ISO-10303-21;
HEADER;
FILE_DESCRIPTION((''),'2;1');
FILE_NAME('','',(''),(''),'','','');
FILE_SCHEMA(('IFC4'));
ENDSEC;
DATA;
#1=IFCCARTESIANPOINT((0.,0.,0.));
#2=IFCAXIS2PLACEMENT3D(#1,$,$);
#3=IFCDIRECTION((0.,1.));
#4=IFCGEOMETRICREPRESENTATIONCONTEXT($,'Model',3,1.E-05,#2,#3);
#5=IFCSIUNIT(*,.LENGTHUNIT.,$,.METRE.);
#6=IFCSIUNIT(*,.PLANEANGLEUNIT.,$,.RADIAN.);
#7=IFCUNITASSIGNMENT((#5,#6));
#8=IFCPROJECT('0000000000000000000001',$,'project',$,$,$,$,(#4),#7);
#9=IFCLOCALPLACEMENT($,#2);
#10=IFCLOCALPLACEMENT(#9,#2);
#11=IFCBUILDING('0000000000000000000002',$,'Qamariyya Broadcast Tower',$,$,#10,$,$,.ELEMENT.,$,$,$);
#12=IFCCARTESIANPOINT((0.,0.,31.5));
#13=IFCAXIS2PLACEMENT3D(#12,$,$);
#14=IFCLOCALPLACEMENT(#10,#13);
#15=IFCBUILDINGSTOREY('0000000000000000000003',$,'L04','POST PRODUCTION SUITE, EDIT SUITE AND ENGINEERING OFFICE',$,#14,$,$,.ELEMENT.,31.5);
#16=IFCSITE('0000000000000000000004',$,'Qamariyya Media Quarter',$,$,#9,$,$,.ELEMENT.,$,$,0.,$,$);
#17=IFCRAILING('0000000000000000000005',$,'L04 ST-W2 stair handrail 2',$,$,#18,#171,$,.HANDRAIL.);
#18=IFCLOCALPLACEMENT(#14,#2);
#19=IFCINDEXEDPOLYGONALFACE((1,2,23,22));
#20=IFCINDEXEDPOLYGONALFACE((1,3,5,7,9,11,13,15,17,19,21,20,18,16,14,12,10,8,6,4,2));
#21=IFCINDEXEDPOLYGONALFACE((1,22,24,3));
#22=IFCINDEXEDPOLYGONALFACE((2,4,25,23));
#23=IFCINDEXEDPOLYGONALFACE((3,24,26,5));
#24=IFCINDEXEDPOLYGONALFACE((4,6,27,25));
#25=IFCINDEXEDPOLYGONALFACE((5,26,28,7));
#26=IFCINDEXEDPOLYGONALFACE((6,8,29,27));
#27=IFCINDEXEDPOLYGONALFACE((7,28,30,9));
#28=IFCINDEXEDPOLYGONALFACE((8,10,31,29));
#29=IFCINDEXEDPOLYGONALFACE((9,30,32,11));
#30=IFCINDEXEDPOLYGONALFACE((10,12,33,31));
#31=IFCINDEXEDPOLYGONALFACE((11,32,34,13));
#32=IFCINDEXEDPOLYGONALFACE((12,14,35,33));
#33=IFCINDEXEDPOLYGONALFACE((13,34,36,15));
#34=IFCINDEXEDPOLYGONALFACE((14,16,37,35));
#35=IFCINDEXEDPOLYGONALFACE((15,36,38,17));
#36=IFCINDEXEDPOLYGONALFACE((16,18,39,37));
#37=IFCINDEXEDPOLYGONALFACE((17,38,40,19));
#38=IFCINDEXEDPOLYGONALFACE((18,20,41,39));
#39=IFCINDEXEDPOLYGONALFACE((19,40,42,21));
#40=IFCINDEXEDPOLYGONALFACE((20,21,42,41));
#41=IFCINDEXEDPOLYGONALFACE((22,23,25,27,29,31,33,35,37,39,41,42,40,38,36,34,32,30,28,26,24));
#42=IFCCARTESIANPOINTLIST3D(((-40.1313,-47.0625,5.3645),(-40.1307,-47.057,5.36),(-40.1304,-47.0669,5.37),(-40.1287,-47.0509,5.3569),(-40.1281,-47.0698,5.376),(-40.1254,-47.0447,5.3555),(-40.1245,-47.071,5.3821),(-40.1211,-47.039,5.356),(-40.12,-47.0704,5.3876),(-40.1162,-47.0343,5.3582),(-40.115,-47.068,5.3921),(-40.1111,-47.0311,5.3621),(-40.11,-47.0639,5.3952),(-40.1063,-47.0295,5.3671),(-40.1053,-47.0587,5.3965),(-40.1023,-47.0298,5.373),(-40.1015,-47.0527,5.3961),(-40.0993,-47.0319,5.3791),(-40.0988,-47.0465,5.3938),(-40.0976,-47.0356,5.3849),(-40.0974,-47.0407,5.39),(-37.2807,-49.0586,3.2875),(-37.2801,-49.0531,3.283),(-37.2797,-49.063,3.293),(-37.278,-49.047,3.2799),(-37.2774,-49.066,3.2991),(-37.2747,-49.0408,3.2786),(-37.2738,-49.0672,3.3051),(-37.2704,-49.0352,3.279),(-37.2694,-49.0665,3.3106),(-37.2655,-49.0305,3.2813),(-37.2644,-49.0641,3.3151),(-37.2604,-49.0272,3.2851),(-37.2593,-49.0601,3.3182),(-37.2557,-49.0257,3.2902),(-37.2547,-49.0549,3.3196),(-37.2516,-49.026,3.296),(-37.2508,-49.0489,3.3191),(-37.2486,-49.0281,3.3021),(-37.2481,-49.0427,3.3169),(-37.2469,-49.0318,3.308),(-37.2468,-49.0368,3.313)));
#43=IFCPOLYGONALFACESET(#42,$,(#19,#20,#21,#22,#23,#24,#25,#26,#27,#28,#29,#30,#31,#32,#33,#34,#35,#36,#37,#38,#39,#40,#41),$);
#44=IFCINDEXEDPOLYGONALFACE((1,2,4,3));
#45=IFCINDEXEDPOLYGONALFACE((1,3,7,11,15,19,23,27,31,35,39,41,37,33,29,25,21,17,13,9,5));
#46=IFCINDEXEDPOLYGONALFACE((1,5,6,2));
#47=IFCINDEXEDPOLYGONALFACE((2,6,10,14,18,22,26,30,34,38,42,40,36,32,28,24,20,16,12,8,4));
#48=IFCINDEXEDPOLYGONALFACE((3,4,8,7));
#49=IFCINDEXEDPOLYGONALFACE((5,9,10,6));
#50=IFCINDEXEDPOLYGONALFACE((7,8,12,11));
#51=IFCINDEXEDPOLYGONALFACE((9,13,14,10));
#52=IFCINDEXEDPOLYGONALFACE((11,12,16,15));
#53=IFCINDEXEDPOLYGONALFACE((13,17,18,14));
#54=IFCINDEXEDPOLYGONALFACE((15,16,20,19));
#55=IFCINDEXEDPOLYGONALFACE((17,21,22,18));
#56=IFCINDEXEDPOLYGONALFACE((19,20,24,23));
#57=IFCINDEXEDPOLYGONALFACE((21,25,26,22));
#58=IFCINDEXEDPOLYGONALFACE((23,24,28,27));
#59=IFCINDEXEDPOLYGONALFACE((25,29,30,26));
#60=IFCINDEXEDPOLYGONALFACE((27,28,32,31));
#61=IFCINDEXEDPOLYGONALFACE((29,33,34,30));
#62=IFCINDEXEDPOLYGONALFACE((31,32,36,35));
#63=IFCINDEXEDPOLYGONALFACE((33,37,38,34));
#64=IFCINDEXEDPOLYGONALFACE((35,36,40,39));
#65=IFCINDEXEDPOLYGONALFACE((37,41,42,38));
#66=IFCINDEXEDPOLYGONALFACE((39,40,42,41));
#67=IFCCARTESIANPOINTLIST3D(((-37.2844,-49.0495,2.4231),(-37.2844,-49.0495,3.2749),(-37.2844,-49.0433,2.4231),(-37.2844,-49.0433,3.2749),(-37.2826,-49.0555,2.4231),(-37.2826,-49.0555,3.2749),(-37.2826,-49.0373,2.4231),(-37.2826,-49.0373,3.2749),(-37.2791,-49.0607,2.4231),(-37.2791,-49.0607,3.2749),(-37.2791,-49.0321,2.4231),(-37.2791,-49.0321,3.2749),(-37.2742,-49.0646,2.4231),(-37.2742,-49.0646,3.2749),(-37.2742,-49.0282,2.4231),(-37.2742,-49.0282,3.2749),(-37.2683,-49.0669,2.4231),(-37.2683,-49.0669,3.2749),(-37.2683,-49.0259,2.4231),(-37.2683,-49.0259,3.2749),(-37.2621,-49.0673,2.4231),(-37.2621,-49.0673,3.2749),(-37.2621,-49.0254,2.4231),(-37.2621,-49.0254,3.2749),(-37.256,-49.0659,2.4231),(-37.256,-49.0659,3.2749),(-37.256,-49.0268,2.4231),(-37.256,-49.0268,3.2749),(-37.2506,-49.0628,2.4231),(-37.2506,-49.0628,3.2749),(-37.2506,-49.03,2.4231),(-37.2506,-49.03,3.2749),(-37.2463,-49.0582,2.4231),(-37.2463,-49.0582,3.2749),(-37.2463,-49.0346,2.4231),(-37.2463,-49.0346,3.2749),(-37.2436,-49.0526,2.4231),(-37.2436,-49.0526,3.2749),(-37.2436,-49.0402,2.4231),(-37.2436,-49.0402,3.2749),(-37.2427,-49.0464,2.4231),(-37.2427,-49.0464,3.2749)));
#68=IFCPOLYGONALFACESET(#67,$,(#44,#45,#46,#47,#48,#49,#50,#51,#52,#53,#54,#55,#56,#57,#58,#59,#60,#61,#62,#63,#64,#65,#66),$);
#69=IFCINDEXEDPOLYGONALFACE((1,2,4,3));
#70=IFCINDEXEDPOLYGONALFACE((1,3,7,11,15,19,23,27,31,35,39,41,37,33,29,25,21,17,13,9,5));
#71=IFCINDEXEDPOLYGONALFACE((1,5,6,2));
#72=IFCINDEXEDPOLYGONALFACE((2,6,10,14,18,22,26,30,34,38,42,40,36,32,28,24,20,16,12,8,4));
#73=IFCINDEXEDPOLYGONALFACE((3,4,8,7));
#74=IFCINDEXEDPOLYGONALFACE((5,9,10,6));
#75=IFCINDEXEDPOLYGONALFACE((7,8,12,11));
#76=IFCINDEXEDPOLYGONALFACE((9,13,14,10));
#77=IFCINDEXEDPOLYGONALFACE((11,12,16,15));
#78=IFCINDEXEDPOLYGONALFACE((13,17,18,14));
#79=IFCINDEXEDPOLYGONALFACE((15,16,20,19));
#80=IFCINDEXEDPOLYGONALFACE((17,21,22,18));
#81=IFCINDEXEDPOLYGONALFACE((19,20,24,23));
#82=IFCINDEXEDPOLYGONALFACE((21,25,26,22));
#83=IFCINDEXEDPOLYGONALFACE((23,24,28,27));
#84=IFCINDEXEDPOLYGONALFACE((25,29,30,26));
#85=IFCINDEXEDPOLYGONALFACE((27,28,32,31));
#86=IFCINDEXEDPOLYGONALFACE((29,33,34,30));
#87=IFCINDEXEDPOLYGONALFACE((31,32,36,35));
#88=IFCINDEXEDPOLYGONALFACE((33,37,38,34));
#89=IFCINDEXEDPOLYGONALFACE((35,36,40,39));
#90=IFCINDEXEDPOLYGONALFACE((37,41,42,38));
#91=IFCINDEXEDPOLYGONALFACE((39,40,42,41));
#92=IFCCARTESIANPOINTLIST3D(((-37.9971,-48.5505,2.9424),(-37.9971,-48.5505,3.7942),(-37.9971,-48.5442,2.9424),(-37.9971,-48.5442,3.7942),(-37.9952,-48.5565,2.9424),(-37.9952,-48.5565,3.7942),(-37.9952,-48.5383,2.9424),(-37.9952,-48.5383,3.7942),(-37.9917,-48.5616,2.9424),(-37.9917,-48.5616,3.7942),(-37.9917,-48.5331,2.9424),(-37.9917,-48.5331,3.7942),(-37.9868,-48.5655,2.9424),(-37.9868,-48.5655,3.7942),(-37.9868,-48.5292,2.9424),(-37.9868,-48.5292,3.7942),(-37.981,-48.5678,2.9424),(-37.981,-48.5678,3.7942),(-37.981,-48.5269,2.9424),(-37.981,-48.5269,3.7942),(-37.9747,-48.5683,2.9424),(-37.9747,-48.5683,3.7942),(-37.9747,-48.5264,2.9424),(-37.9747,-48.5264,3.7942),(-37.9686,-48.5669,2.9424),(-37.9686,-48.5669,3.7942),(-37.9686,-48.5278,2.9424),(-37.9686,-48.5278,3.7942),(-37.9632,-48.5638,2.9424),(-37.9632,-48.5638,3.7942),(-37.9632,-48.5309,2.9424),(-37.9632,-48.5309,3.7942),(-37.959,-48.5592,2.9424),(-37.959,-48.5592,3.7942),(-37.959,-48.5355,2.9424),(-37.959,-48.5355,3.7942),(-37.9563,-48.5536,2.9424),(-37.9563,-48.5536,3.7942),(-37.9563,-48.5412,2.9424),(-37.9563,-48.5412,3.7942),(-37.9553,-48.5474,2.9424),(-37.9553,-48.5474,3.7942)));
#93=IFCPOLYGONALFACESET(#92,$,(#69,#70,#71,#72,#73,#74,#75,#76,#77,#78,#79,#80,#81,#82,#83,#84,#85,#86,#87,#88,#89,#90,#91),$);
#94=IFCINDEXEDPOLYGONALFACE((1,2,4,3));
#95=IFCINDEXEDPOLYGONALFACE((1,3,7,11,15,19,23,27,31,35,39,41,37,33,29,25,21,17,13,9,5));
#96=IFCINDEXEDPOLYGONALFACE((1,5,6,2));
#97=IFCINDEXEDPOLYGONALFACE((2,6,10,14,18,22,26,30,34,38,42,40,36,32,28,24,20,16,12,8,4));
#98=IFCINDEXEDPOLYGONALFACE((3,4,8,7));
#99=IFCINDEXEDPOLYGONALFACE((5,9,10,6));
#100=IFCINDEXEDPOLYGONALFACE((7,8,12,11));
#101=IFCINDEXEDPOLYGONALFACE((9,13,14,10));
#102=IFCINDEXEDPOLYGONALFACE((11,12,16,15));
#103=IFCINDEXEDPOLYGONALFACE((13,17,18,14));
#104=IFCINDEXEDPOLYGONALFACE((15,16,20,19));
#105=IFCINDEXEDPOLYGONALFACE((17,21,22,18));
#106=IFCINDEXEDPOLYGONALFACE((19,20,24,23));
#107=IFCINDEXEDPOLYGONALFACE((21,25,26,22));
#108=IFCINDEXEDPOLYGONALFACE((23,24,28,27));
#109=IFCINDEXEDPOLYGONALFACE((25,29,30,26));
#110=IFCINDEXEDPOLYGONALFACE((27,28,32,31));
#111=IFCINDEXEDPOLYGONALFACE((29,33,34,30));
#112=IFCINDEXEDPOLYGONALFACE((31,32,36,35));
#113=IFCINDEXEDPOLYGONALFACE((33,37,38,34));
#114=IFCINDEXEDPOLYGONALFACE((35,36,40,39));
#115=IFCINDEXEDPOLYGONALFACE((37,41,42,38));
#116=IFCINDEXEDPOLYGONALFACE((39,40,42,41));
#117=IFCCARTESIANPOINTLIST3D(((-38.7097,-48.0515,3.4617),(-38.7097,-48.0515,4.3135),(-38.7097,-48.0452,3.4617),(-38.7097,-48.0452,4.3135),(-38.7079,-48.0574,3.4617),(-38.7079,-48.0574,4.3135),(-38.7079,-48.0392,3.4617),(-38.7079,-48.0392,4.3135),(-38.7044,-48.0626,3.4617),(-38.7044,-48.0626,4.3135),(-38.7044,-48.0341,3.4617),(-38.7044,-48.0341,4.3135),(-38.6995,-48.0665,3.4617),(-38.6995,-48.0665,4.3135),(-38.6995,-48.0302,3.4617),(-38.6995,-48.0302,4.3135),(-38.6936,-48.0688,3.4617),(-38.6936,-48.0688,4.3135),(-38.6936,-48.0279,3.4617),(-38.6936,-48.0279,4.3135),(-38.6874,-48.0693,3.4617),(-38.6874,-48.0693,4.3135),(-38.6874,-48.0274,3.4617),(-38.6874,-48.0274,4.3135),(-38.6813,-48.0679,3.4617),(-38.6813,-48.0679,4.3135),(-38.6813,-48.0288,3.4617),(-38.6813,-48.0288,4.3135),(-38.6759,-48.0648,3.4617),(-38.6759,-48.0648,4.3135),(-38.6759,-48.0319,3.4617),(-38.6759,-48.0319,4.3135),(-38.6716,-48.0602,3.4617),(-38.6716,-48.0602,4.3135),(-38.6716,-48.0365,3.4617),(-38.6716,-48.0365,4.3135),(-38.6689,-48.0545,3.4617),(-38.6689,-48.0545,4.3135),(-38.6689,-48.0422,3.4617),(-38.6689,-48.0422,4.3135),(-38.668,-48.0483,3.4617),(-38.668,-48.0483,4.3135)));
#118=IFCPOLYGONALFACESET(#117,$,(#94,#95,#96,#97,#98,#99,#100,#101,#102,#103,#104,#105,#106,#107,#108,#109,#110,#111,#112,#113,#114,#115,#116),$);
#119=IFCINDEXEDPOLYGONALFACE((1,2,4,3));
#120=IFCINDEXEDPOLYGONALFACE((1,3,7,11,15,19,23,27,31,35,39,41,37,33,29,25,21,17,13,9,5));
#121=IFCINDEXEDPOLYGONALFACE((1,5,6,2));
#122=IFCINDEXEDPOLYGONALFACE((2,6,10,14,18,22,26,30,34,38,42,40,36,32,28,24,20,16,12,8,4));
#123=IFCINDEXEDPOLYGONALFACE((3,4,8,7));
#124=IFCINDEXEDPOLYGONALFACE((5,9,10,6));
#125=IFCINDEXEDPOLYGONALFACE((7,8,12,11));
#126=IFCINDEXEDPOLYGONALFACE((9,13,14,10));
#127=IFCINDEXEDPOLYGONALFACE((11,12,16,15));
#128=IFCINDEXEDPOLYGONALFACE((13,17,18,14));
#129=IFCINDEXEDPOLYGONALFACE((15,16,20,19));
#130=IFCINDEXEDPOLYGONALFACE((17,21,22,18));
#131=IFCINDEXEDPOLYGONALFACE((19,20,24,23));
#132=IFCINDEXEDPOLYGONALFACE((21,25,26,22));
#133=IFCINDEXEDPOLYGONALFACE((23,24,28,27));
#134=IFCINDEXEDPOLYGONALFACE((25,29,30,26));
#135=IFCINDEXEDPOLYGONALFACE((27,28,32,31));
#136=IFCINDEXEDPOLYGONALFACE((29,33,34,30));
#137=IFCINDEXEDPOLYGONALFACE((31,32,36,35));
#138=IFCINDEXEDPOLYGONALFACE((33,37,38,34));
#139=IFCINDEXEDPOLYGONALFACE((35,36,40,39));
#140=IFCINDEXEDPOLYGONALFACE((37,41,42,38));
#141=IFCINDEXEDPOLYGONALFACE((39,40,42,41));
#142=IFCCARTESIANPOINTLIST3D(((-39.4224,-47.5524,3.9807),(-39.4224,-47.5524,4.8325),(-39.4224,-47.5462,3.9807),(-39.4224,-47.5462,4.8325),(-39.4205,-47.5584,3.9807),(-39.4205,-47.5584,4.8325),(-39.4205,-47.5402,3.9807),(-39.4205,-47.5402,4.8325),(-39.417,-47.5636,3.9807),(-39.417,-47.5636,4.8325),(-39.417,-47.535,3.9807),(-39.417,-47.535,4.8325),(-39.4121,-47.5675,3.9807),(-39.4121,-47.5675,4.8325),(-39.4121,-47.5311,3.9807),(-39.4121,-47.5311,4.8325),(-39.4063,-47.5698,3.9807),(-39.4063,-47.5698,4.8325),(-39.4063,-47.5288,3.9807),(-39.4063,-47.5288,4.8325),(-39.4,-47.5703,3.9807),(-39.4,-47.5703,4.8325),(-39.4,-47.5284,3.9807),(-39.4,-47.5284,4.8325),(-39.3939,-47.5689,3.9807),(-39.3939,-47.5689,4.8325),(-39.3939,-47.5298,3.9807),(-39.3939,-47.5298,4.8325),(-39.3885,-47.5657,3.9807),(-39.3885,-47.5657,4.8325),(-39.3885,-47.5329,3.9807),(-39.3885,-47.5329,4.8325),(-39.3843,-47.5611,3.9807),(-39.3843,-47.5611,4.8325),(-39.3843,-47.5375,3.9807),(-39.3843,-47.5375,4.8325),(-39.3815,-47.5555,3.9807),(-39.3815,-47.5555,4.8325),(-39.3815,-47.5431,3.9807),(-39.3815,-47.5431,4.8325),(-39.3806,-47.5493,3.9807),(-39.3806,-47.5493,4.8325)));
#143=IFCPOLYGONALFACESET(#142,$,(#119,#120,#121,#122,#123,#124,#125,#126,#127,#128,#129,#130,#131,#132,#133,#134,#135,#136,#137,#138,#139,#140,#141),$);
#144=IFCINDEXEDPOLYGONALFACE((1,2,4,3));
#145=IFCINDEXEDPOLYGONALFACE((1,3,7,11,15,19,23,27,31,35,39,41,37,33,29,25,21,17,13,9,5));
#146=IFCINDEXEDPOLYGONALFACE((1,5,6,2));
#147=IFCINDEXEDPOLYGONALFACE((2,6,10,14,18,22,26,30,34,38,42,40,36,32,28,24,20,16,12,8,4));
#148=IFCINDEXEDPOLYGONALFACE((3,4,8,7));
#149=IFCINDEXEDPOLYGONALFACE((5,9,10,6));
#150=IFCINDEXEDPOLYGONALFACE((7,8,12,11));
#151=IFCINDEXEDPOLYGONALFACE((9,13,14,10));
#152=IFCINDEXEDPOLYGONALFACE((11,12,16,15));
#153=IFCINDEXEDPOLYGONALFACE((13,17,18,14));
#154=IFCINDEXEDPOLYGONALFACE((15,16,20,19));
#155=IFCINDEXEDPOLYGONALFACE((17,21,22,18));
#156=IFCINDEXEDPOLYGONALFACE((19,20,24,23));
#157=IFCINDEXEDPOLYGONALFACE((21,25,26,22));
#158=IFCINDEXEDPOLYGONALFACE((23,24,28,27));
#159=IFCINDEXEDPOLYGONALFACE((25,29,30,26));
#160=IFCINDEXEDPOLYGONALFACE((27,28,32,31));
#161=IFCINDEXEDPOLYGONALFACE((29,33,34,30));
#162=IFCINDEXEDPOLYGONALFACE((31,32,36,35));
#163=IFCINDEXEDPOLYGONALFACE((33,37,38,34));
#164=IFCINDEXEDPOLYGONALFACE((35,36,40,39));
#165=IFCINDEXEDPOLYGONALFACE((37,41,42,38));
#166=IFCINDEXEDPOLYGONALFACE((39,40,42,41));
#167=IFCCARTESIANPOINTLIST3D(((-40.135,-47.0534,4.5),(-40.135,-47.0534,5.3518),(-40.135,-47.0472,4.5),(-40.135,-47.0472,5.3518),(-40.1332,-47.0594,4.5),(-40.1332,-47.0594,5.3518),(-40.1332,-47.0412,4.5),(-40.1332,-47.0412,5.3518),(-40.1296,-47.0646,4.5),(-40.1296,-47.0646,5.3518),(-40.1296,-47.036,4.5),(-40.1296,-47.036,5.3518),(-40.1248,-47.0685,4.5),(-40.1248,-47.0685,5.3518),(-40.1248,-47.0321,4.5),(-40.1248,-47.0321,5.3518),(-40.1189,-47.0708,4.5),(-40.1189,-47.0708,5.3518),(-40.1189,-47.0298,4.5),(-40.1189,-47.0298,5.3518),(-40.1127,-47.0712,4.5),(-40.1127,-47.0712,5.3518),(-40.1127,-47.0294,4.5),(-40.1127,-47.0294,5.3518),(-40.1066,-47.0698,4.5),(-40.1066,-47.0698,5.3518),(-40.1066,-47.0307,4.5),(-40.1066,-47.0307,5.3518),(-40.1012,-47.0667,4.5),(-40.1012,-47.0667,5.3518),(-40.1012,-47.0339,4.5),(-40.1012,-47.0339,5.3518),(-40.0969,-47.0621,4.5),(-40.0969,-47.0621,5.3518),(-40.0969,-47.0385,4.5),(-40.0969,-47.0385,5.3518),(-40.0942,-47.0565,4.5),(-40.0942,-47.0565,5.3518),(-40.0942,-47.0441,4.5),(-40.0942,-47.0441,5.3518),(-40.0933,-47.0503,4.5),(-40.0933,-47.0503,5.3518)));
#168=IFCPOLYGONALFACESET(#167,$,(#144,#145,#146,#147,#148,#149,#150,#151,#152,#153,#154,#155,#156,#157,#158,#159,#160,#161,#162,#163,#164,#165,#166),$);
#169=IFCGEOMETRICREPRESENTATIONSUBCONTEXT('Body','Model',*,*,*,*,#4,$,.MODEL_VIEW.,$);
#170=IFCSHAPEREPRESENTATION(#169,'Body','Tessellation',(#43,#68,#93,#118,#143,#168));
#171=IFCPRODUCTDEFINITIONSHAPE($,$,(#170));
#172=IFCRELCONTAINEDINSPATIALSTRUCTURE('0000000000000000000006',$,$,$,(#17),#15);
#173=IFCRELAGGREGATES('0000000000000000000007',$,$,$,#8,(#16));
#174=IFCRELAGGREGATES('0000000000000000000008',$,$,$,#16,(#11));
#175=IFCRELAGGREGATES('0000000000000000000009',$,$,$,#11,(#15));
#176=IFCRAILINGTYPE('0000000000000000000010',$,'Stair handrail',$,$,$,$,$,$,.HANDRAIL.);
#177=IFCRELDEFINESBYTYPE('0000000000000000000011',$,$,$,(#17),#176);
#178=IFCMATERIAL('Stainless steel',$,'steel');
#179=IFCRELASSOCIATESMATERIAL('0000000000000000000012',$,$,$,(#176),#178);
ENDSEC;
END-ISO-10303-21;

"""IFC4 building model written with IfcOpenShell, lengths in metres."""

from ifc_helpers import new_model, si_unit, direction, frame, origin, origin_2d, place, context, subcontext, project, spatial, circle, extrude, material, type_object, element, save


model = new_model("IFC4")

# Units and contexts
model_context = context("Model", 3, precision=1e-05, world=origin(), true_north=direction((0.0, 1.0)))
body_context = subcontext(model_context, "Body", "Model", "MODEL_VIEW")
ifc_project = project(units=[si_unit("LENGTHUNIT", "METRE"), si_unit("PLANEANGLEUNIT", "RADIAN")], contexts=[model_context])

# Site, building, storey
site_placement = place(None, origin())
site = spatial("IfcSite", under=ifc_project, at=site_placement, Name="Qamariyya Media Quarter", CompositionType="ELEMENT", RefElevation=0.0)
building_placement = place(site_placement, origin())
building = spatial("IfcBuilding", under=site, at=building_placement, Name="Qamariyya Broadcast Tower", CompositionType="ELEMENT")
storey_placement = place(building_placement, frame((0.0, 0.0, 31.5)))
storey = spatial("IfcBuildingStorey", under=building, at=storey_placement, Name="L04", Description="POST PRODUCTION SUITE, EDIT SUITE AND ENGINEERING OFFICE", CompositionType="ELEMENT", Elevation=31.5)

# Railing
ifc_material_1 = material(Name="Stainless steel", Category="steel")
railing_type_1 = type_object("IfcRailingType", Name="Stair handrail", PredefinedType="HANDRAIL", material=ifc_material_1)
railing_1_placement = place(storey_placement, frame((-37.2637, -49.0464, 2.4231)))
element("IfcRailing", 1, at=railing_1_placement, inside=storey, type_object=railing_type_1, Name="L04 ST-W2 stair handrail 2", PredefinedType="HANDRAIL", context=body_context, shape_type="SweptSolid", body=[
    extrude(circle(Radius=0.0239, at=origin_2d()), frame((0.0, 0.0, 0.876), z_axis=(-0.703393, 0.492544, 0.512484), x_axis=(-0.573594, -0.81914, 0.0)), (0.0, 0.0, 1.0), 4.0527),
    extrude(circle(Radius=0.021, at=origin_2d()), origin(), (0.0, 0.0, 1.0), 0.8518),
    extrude(circle(Radius=0.021, at=origin_2d()), frame((-0.7126, 0.499, 0.5193)), (0.0, 0.0, 1.0), 0.8518),
    extrude(circle(Radius=0.021, at=origin_2d()), frame((-1.4253, 0.998, 1.0386)), (0.0, 0.0, 1.0), 0.8518),
    extrude(circle(Radius=0.021, at=origin_2d()), frame((-2.1379, 1.4971, 1.5576)), (0.0, 0.0, 1.0), 0.8518),
    extrude(circle(Radius=0.021, at=origin_2d()), frame((-2.8506, 1.9961, 2.0769)), (0.0, 0.0, 1.0), 0.8518),
])

save(model, "model.ifc")
